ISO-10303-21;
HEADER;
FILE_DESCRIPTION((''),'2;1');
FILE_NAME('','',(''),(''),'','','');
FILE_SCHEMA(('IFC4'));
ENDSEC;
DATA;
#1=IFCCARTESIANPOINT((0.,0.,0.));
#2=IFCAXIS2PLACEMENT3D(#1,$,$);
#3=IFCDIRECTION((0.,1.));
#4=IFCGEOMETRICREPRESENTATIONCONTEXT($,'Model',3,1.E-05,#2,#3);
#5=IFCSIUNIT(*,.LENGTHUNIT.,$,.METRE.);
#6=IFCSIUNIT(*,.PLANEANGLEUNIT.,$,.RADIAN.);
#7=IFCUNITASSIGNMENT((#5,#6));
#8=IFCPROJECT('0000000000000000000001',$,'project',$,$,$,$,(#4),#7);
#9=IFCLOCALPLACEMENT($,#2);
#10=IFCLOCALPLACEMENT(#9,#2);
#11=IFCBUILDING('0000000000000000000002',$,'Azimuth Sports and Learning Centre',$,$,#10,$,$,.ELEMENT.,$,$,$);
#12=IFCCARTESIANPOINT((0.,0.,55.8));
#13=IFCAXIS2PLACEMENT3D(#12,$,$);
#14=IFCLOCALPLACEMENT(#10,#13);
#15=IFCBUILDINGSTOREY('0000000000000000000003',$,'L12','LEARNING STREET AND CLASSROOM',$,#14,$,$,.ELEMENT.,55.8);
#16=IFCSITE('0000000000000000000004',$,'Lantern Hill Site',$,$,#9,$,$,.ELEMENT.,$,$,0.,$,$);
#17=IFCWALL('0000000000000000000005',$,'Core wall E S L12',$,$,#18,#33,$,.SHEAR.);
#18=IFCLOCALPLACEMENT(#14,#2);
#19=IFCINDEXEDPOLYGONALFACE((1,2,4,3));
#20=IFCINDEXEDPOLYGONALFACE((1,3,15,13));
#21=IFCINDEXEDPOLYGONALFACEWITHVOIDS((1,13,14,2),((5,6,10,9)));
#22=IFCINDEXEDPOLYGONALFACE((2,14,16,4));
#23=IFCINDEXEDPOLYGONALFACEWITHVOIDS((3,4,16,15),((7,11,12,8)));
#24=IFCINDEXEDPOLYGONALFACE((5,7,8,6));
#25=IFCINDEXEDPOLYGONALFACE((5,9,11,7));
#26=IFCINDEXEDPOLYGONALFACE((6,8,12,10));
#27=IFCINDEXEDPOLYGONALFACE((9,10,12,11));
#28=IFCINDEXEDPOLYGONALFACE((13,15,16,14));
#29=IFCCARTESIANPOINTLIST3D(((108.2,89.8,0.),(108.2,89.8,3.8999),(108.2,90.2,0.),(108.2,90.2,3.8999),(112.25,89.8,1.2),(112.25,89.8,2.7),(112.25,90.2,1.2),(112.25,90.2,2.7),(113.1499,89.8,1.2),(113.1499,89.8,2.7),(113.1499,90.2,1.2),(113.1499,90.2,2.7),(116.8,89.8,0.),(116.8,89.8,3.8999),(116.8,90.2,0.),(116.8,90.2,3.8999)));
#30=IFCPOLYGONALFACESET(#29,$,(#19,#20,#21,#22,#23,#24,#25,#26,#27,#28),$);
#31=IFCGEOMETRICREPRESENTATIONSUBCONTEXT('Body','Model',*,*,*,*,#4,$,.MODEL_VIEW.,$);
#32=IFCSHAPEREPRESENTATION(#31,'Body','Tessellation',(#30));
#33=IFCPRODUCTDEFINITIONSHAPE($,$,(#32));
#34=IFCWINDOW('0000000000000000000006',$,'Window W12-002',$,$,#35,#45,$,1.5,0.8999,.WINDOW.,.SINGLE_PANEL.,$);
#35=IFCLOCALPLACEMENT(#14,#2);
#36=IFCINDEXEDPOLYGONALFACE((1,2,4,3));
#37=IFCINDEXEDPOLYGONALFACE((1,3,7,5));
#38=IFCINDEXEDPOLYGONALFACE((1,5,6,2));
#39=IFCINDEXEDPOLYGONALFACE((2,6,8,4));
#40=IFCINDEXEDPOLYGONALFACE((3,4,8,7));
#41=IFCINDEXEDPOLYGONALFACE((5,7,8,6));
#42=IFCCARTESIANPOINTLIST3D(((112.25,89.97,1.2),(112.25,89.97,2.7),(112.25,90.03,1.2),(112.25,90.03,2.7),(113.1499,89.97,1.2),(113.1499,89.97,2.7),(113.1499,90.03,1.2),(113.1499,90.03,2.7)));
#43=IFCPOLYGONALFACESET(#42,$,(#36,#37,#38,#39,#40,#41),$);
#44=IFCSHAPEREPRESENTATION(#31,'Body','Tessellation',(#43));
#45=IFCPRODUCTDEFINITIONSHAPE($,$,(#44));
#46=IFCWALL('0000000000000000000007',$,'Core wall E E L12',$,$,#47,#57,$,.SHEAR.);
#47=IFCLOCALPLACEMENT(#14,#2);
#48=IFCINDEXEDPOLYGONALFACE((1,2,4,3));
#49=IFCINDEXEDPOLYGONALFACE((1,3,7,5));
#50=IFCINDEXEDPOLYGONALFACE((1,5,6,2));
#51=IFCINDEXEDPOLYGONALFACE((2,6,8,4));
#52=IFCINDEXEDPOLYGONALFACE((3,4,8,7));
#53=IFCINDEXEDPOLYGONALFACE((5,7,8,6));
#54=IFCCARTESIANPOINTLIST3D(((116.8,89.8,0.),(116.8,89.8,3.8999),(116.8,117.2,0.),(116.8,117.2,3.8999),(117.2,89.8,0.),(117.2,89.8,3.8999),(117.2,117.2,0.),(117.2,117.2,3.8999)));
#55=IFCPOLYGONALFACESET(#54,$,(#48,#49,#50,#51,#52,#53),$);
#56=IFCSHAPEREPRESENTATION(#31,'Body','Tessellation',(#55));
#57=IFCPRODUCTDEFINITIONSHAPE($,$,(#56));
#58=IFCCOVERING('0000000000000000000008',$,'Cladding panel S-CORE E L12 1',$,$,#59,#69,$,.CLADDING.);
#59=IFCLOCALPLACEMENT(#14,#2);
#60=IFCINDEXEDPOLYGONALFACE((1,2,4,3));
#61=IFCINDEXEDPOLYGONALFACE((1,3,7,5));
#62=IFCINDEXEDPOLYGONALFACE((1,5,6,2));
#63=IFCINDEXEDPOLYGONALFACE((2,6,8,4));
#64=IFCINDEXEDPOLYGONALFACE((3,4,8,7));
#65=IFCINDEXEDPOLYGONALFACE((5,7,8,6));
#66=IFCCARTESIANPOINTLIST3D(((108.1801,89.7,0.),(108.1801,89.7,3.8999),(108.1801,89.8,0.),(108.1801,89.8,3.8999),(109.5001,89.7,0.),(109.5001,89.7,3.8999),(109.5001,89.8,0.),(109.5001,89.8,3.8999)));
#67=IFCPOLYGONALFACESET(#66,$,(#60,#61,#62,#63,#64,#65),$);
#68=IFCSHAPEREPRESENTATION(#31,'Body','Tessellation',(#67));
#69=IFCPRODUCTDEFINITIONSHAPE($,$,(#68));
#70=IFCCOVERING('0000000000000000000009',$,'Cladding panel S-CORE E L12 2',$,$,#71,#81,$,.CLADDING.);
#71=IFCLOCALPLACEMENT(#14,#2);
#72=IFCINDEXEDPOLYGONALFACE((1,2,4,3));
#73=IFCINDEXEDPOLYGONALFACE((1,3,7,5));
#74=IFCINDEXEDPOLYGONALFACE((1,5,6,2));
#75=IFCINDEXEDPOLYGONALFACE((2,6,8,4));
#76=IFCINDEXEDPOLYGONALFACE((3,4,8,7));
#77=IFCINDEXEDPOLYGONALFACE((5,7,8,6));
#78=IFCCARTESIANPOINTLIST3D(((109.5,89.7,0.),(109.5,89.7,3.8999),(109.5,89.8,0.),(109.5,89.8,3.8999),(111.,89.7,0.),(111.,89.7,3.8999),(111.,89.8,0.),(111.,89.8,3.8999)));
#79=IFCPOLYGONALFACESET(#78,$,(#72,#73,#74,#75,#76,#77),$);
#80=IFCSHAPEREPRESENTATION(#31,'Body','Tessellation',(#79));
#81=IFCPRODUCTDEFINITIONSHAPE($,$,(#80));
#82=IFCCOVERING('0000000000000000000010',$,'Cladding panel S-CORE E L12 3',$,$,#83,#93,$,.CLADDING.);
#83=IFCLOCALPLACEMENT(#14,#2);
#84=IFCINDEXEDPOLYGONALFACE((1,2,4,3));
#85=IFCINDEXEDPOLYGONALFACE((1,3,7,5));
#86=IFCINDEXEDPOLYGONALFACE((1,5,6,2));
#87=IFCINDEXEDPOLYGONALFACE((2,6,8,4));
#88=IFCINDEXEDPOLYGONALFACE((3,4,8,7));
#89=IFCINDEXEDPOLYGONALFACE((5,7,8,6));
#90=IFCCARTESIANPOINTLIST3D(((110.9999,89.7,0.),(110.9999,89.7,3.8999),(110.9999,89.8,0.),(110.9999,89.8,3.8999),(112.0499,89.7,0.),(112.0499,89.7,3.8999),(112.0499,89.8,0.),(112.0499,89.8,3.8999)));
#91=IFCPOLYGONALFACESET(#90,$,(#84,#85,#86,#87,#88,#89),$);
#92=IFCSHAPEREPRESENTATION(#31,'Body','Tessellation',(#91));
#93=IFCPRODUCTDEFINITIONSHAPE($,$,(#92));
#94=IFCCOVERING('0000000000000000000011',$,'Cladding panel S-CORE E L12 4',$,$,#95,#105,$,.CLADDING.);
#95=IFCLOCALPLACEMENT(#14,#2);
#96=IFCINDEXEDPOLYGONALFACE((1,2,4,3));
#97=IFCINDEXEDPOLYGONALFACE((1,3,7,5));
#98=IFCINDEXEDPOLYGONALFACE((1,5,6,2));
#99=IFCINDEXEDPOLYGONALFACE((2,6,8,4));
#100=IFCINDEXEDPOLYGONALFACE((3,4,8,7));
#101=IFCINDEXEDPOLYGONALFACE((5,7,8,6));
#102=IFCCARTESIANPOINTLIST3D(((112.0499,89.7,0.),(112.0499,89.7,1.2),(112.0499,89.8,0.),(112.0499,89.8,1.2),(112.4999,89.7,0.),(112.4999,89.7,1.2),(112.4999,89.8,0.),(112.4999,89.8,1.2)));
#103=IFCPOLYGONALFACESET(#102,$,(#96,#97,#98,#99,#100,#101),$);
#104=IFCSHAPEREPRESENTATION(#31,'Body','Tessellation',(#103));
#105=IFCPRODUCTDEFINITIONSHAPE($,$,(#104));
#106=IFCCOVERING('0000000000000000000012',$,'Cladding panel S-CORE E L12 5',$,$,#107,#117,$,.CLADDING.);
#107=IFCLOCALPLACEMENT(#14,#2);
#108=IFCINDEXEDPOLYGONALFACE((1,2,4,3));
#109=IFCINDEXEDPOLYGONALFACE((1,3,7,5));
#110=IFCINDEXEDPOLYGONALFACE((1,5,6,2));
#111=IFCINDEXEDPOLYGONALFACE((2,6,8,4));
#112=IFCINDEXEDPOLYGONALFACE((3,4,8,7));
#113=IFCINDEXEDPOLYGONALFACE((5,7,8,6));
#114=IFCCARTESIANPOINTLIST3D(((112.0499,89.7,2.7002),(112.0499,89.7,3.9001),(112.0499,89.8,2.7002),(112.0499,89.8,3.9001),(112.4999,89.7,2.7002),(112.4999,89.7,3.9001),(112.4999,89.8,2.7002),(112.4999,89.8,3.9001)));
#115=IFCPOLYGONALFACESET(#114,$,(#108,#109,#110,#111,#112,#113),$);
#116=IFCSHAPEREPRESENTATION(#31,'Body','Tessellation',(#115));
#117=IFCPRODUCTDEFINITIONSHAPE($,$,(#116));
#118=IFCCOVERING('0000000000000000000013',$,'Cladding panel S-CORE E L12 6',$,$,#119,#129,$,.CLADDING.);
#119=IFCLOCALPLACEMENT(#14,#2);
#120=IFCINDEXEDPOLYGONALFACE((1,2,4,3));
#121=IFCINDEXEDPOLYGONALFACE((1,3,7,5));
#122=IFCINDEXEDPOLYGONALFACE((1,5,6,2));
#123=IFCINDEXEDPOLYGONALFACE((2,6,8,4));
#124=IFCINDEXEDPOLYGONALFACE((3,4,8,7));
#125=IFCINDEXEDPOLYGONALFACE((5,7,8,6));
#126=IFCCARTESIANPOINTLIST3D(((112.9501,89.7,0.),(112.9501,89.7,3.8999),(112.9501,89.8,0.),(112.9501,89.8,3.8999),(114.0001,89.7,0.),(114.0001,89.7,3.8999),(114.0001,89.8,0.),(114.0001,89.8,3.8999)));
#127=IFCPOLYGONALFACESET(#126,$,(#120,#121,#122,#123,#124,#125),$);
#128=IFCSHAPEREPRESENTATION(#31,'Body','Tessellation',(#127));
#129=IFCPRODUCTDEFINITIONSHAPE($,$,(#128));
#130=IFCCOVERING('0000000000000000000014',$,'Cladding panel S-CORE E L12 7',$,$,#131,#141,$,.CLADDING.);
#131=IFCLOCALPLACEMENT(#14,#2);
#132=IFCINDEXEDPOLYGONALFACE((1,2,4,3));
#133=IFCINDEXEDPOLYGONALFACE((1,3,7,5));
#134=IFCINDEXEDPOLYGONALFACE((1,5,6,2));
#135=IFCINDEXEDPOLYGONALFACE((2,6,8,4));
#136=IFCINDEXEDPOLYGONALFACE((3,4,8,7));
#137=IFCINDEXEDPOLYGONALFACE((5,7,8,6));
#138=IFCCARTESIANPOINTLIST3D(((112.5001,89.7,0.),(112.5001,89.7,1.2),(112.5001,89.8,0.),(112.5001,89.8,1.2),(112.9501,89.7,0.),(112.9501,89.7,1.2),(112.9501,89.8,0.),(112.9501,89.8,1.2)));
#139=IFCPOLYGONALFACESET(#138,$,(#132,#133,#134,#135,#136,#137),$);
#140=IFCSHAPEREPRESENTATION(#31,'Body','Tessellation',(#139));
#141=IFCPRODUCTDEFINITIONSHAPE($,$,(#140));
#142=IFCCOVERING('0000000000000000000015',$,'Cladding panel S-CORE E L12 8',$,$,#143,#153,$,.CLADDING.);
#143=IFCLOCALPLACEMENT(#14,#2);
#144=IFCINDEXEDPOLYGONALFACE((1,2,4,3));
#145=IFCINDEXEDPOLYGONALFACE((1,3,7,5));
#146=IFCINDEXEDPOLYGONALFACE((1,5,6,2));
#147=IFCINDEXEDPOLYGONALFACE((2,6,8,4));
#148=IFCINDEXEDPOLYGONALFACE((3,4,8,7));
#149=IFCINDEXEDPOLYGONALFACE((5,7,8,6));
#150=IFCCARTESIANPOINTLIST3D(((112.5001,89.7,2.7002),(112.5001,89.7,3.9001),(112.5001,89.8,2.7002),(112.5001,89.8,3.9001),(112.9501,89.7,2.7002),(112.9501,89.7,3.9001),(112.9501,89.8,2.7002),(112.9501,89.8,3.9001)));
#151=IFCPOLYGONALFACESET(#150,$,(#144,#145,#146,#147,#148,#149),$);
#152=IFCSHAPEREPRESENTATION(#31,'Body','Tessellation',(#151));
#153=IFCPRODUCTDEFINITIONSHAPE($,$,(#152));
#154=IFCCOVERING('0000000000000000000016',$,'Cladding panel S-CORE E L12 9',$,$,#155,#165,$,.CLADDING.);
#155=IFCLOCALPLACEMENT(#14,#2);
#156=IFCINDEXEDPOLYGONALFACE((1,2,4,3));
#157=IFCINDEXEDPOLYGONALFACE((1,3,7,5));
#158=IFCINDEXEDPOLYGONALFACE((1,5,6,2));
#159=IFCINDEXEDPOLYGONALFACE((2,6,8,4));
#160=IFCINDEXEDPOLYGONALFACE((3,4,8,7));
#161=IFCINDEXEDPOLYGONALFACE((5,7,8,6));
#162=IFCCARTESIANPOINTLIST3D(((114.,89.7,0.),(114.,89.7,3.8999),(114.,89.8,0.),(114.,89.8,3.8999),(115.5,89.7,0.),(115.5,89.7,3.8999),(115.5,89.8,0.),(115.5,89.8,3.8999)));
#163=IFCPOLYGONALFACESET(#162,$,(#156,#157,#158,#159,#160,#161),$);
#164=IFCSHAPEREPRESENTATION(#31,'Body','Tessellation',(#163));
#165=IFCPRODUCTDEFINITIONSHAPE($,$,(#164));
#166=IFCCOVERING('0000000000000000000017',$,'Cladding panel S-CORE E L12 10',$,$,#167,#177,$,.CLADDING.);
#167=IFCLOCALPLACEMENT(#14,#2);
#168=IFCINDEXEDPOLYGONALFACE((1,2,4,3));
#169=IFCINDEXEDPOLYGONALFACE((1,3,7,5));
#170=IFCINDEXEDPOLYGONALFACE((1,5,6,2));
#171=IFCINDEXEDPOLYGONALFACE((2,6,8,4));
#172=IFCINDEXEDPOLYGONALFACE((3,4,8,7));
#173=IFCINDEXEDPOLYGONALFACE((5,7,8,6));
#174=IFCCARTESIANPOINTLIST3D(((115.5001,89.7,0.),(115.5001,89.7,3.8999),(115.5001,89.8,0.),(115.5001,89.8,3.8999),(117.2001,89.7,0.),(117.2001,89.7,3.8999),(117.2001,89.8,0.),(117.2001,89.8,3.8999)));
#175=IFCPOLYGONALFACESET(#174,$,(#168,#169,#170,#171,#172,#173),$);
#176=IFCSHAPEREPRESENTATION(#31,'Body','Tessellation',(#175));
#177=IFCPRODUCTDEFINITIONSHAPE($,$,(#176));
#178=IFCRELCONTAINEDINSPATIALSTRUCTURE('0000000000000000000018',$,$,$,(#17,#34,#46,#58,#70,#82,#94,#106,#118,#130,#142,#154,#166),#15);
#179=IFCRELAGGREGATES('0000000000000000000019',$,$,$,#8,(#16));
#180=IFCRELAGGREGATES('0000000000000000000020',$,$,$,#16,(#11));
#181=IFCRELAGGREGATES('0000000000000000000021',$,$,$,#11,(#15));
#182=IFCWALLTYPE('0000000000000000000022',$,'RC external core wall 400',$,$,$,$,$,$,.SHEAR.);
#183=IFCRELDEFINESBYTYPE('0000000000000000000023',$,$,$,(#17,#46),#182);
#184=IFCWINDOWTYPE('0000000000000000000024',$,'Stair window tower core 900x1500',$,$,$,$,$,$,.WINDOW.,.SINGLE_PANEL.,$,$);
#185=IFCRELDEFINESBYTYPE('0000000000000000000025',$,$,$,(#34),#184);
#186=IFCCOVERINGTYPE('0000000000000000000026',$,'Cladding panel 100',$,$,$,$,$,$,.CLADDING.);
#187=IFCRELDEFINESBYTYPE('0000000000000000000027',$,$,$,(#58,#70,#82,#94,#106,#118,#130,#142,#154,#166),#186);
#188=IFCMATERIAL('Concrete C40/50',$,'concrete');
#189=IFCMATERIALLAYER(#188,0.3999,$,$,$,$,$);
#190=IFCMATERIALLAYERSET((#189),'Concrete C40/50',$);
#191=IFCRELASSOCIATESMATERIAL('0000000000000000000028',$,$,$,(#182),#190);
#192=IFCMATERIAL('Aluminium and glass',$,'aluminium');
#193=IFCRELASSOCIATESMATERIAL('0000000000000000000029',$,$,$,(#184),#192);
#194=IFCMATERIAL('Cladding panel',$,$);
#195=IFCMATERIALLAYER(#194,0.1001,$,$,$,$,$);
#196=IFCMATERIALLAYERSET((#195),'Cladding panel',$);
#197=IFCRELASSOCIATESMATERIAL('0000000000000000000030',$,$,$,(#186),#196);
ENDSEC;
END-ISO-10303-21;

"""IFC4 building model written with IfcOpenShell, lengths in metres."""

from ifc_helpers import new_model, si_unit, direction, frame, frame_2d, origin, origin_2d, place, context, subcontext, project, spatial, rectangle, extrude, material, layer, layer_set, type_object, element, fill, save


model = new_model("IFC4")

# Units and contexts
model_context = context("Model", 3, precision=1e-05, world=origin(), true_north=direction((0.0, 1.0)))
body_context = subcontext(model_context, "Body", "Model", "MODEL_VIEW")
ifc_project = project(units=[si_unit("LENGTHUNIT", "METRE"), si_unit("PLANEANGLEUNIT", "RADIAN")], contexts=[model_context])

# Site, building, storey
site_placement = place(None, origin())
site = spatial("IfcSite", under=ifc_project, at=site_placement, Name="Lantern Hill Site", CompositionType="ELEMENT", RefElevation=0.0)
building_placement = place(site_placement, origin())
building = spatial("IfcBuilding", under=site, at=building_placement, Name="Azimuth Sports and Learning Centre", CompositionType="ELEMENT")
storey_placement = place(building_placement, frame((0.0, 0.0, 55.8)))
storey = spatial("IfcBuildingStorey", under=building, at=storey_placement, Name="L12", Description="LEARNING STREET AND CLASSROOM", CompositionType="ELEMENT", Elevation=55.8)

# Wall, opening, window
ifc_material_1 = material(Name="Concrete C40/50", Category="concrete")
ifc_layer_1 = layer(ifc_material_1, 0.3999)
ifc_layer_set_1 = layer_set([ifc_layer_1], Name="Concrete C40/50")
wall_type = type_object("IfcWallType", Name="RC external core wall 400", PredefinedType="SHEAR", material=ifc_layer_set_1)
wall_1_placement = place(storey_placement, frame((108.2, 90.0, 0.0), z_axis=(0.0, 0.0, 1.0), x_axis=(1.0, 0.0, 0.0)))
wall_1 = element("IfcWall", 1, at=wall_1_placement, inside=storey, type_object=wall_type, Name="Core wall E S L12", PredefinedType="SHEAR", context=body_context, shape_type="SweptSolid", body=[
    extrude(rectangle(XDim=8.6001, YDim=0.3999, at=frame_2d((4.3, 0.0))), origin(), (0.0, 0.0, 1.0), 3.8999),
])
opening_placement = place(wall_1_placement, frame((4.05, 0.0, 1.2)))
opening = element("IfcOpeningElement", 2, at=opening_placement, cuts=wall_1, PredefinedType="OPENING", context=body_context, shape_type="SweptSolid", body=[
    extrude(rectangle(XDim=0.8999, YDim=1.5, at=frame_2d((0.45, 0.75))), frame((0.0, 0.2109, 0.0), z_axis=(0.0, -1.0, 0.0), x_axis=(1.0, 0.0, 0.0)), (0.0, 0.0, 1.0), 0.4219),
])
ifc_material_2 = material(Name="Aluminium and glass", Category="aluminium")
window_type = type_object("IfcWindowType", Name="Stair window tower core 900x1500", PartitioningType="SINGLE_PANEL", PredefinedType="WINDOW", material=ifc_material_2)
window_placement = place(opening_placement, origin())
window = element("IfcWindow", 3, at=window_placement, inside=storey, type_object=window_type, Name="Window W12-002", OverallHeight=1.5, OverallWidth=0.8999, PartitioningType="SINGLE_PANEL", PredefinedType="WINDOW", context=body_context, shape_type="SweptSolid", body=[
    extrude(rectangle(XDim=0.8999, YDim=1.5, at=frame_2d((0.45, 0.75))), frame((0.0, 0.03, 0.0), z_axis=(0.0, -1.0, 0.0), x_axis=(1.0, 0.0, 0.0)), (0.0, 0.0, 1.0), 0.0601),
])
fill(opening, window)

# Wall
wall_2_placement = place(storey_placement, frame((117.0, 89.8, 0.0), z_axis=(0.0, 0.0, 1.0), x_axis=(0.0, 1.0, 0.0)))
element("IfcWall", 4, at=wall_2_placement, inside=storey, type_object=wall_type, Name="Core wall E E L12", PredefinedType="SHEAR", context=body_context, shape_type="SweptSolid", body=[
    extrude(rectangle(XDim=27.3999, YDim=0.3999, at=frame_2d((13.7, 0.0))), origin(), (0.0, 0.0, 1.0), 3.8999),
])

# Coverings
ifc_material_3 = material(Name="Cladding panel")
ifc_layer_2 = layer(ifc_material_3, 0.1001)
ifc_layer_set_2 = layer_set([ifc_layer_2], Name="Cladding panel")
covering_type = type_object("IfcCoveringType", Name="Cladding panel 100", PredefinedType="CLADDING", material=ifc_layer_set_2)
covering_1_placement = place(storey_placement, frame((108.8401, 89.75, 0.0), z_axis=(0.0, 0.0, 1.0), x_axis=(1.0, 0.0, 0.0)))
element("IfcCovering", 5, at=covering_1_placement, inside=storey, type_object=covering_type, Name="Cladding panel S-CORE E L12 1", PredefinedType="CLADDING", context=body_context, shape_type="SweptSolid", body=[
    extrude(rectangle(XDim=1.3201, YDim=0.1001, at=origin_2d()), origin(), (0.0, 0.0, 1.0), 3.8999),
])
covering_2_placement = place(storey_placement, frame((110.25, 89.75, 0.0), z_axis=(0.0, 0.0, 1.0), x_axis=(1.0, 0.0, 0.0)))
element("IfcCovering", 6, at=covering_2_placement, inside=storey, type_object=covering_type, Name="Cladding panel S-CORE E L12 2", PredefinedType="CLADDING", context=body_context, shape_type="SweptSolid", body=[
    extrude(rectangle(XDim=1.5, YDim=0.1001, at=origin_2d()), origin(), (0.0, 0.0, 1.0), 3.8999),
])
covering_3_placement = place(storey_placement, frame((111.5249, 89.75, 0.0), z_axis=(0.0, 0.0, 1.0), x_axis=(1.0, 0.0, 0.0)))
element("IfcCovering", 7, at=covering_3_placement, inside=storey, type_object=covering_type, Name="Cladding panel S-CORE E L12 3", PredefinedType="CLADDING", context=body_context, shape_type="SweptSolid", body=[
    extrude(rectangle(XDim=1.05, YDim=0.1001, at=origin_2d()), origin(), (0.0, 0.0, 1.0), 3.8999),
])
for number, where, z_axis, x_axis, name in (
    (8, (112.2749, 89.75, 0.0), (0.0, 0.0, 1.0), (1.0, 0.0, 0.0), "Cladding panel S-CORE E L12 4"),
    (9, (112.2749, 89.75, 2.7002), (0.0, 0.0, 1.0), (1.0, 0.0, 0.0), "Cladding panel S-CORE E L12 5"),
):
    element("IfcCovering", number, at=place(storey_placement, frame(where, z_axis=z_axis, x_axis=x_axis)), inside=storey, type_object=covering_type, Name=name, PredefinedType="CLADDING", context=body_context, shape_type="SweptSolid", body=[
        extrude(rectangle(XDim=0.45, YDim=0.1001, at=origin_2d()), origin(), (0.0, 0.0, 1.0), 1.2),
    ])
covering_4_placement = place(storey_placement, frame((113.4751, 89.75, 0.0), z_axis=(0.0, 0.0, 1.0), x_axis=(1.0, 0.0, 0.0)))
element("IfcCovering", 10, at=covering_4_placement, inside=storey, type_object=covering_type, Name="Cladding panel S-CORE E L12 6", PredefinedType="CLADDING", context=body_context, shape_type="SweptSolid", body=[
    extrude(rectangle(XDim=1.05, YDim=0.1001, at=origin_2d()), origin(), (0.0, 0.0, 1.0), 3.8999),
])
for number, where, z_axis, x_axis, name in (
    (11, (112.7251, 89.75, 0.0), (0.0, 0.0, 1.0), (1.0, 0.0, 0.0), "Cladding panel S-CORE E L12 7"),
    (12, (112.7251, 89.75, 2.7002), (0.0, 0.0, 1.0), (1.0, 0.0, 0.0), "Cladding panel S-CORE E L12 8"),
):
    element("IfcCovering", number, at=place(storey_placement, frame(where, z_axis=z_axis, x_axis=x_axis)), inside=storey, type_object=covering_type, Name=name, PredefinedType="CLADDING", context=body_context, shape_type="SweptSolid", body=[
        extrude(rectangle(XDim=0.45, YDim=0.1001, at=origin_2d()), origin(), (0.0, 0.0, 1.0), 1.2),
    ])
covering_5_placement = place(storey_placement, frame((114.75, 89.75, 0.0), z_axis=(0.0, 0.0, 1.0), x_axis=(1.0, 0.0, 0.0)))
element("IfcCovering", 13, at=covering_5_placement, inside=storey, type_object=covering_type, Name="Cladding panel S-CORE E L12 9", PredefinedType="CLADDING", context=body_context, shape_type="SweptSolid", body=[
    extrude(rectangle(XDim=1.5, YDim=0.1001, at=origin_2d()), origin(), (0.0, 0.0, 1.0), 3.8999),
])
covering_6_placement = place(storey_placement, frame((116.3501, 89.75, 0.0), z_axis=(0.0, 0.0, 1.0), x_axis=(1.0, 0.0, 0.0)))
element("IfcCovering", 14, at=covering_6_placement, inside=storey, type_object=covering_type, Name="Cladding panel S-CORE E L12 10", PredefinedType="CLADDING", context=body_context, shape_type="SweptSolid", body=[
    extrude(rectangle(XDim=1.7, YDim=0.1001, at=origin_2d()), origin(), (0.0, 0.0, 1.0), 3.8999),
])

save(model, "model.ifc")
